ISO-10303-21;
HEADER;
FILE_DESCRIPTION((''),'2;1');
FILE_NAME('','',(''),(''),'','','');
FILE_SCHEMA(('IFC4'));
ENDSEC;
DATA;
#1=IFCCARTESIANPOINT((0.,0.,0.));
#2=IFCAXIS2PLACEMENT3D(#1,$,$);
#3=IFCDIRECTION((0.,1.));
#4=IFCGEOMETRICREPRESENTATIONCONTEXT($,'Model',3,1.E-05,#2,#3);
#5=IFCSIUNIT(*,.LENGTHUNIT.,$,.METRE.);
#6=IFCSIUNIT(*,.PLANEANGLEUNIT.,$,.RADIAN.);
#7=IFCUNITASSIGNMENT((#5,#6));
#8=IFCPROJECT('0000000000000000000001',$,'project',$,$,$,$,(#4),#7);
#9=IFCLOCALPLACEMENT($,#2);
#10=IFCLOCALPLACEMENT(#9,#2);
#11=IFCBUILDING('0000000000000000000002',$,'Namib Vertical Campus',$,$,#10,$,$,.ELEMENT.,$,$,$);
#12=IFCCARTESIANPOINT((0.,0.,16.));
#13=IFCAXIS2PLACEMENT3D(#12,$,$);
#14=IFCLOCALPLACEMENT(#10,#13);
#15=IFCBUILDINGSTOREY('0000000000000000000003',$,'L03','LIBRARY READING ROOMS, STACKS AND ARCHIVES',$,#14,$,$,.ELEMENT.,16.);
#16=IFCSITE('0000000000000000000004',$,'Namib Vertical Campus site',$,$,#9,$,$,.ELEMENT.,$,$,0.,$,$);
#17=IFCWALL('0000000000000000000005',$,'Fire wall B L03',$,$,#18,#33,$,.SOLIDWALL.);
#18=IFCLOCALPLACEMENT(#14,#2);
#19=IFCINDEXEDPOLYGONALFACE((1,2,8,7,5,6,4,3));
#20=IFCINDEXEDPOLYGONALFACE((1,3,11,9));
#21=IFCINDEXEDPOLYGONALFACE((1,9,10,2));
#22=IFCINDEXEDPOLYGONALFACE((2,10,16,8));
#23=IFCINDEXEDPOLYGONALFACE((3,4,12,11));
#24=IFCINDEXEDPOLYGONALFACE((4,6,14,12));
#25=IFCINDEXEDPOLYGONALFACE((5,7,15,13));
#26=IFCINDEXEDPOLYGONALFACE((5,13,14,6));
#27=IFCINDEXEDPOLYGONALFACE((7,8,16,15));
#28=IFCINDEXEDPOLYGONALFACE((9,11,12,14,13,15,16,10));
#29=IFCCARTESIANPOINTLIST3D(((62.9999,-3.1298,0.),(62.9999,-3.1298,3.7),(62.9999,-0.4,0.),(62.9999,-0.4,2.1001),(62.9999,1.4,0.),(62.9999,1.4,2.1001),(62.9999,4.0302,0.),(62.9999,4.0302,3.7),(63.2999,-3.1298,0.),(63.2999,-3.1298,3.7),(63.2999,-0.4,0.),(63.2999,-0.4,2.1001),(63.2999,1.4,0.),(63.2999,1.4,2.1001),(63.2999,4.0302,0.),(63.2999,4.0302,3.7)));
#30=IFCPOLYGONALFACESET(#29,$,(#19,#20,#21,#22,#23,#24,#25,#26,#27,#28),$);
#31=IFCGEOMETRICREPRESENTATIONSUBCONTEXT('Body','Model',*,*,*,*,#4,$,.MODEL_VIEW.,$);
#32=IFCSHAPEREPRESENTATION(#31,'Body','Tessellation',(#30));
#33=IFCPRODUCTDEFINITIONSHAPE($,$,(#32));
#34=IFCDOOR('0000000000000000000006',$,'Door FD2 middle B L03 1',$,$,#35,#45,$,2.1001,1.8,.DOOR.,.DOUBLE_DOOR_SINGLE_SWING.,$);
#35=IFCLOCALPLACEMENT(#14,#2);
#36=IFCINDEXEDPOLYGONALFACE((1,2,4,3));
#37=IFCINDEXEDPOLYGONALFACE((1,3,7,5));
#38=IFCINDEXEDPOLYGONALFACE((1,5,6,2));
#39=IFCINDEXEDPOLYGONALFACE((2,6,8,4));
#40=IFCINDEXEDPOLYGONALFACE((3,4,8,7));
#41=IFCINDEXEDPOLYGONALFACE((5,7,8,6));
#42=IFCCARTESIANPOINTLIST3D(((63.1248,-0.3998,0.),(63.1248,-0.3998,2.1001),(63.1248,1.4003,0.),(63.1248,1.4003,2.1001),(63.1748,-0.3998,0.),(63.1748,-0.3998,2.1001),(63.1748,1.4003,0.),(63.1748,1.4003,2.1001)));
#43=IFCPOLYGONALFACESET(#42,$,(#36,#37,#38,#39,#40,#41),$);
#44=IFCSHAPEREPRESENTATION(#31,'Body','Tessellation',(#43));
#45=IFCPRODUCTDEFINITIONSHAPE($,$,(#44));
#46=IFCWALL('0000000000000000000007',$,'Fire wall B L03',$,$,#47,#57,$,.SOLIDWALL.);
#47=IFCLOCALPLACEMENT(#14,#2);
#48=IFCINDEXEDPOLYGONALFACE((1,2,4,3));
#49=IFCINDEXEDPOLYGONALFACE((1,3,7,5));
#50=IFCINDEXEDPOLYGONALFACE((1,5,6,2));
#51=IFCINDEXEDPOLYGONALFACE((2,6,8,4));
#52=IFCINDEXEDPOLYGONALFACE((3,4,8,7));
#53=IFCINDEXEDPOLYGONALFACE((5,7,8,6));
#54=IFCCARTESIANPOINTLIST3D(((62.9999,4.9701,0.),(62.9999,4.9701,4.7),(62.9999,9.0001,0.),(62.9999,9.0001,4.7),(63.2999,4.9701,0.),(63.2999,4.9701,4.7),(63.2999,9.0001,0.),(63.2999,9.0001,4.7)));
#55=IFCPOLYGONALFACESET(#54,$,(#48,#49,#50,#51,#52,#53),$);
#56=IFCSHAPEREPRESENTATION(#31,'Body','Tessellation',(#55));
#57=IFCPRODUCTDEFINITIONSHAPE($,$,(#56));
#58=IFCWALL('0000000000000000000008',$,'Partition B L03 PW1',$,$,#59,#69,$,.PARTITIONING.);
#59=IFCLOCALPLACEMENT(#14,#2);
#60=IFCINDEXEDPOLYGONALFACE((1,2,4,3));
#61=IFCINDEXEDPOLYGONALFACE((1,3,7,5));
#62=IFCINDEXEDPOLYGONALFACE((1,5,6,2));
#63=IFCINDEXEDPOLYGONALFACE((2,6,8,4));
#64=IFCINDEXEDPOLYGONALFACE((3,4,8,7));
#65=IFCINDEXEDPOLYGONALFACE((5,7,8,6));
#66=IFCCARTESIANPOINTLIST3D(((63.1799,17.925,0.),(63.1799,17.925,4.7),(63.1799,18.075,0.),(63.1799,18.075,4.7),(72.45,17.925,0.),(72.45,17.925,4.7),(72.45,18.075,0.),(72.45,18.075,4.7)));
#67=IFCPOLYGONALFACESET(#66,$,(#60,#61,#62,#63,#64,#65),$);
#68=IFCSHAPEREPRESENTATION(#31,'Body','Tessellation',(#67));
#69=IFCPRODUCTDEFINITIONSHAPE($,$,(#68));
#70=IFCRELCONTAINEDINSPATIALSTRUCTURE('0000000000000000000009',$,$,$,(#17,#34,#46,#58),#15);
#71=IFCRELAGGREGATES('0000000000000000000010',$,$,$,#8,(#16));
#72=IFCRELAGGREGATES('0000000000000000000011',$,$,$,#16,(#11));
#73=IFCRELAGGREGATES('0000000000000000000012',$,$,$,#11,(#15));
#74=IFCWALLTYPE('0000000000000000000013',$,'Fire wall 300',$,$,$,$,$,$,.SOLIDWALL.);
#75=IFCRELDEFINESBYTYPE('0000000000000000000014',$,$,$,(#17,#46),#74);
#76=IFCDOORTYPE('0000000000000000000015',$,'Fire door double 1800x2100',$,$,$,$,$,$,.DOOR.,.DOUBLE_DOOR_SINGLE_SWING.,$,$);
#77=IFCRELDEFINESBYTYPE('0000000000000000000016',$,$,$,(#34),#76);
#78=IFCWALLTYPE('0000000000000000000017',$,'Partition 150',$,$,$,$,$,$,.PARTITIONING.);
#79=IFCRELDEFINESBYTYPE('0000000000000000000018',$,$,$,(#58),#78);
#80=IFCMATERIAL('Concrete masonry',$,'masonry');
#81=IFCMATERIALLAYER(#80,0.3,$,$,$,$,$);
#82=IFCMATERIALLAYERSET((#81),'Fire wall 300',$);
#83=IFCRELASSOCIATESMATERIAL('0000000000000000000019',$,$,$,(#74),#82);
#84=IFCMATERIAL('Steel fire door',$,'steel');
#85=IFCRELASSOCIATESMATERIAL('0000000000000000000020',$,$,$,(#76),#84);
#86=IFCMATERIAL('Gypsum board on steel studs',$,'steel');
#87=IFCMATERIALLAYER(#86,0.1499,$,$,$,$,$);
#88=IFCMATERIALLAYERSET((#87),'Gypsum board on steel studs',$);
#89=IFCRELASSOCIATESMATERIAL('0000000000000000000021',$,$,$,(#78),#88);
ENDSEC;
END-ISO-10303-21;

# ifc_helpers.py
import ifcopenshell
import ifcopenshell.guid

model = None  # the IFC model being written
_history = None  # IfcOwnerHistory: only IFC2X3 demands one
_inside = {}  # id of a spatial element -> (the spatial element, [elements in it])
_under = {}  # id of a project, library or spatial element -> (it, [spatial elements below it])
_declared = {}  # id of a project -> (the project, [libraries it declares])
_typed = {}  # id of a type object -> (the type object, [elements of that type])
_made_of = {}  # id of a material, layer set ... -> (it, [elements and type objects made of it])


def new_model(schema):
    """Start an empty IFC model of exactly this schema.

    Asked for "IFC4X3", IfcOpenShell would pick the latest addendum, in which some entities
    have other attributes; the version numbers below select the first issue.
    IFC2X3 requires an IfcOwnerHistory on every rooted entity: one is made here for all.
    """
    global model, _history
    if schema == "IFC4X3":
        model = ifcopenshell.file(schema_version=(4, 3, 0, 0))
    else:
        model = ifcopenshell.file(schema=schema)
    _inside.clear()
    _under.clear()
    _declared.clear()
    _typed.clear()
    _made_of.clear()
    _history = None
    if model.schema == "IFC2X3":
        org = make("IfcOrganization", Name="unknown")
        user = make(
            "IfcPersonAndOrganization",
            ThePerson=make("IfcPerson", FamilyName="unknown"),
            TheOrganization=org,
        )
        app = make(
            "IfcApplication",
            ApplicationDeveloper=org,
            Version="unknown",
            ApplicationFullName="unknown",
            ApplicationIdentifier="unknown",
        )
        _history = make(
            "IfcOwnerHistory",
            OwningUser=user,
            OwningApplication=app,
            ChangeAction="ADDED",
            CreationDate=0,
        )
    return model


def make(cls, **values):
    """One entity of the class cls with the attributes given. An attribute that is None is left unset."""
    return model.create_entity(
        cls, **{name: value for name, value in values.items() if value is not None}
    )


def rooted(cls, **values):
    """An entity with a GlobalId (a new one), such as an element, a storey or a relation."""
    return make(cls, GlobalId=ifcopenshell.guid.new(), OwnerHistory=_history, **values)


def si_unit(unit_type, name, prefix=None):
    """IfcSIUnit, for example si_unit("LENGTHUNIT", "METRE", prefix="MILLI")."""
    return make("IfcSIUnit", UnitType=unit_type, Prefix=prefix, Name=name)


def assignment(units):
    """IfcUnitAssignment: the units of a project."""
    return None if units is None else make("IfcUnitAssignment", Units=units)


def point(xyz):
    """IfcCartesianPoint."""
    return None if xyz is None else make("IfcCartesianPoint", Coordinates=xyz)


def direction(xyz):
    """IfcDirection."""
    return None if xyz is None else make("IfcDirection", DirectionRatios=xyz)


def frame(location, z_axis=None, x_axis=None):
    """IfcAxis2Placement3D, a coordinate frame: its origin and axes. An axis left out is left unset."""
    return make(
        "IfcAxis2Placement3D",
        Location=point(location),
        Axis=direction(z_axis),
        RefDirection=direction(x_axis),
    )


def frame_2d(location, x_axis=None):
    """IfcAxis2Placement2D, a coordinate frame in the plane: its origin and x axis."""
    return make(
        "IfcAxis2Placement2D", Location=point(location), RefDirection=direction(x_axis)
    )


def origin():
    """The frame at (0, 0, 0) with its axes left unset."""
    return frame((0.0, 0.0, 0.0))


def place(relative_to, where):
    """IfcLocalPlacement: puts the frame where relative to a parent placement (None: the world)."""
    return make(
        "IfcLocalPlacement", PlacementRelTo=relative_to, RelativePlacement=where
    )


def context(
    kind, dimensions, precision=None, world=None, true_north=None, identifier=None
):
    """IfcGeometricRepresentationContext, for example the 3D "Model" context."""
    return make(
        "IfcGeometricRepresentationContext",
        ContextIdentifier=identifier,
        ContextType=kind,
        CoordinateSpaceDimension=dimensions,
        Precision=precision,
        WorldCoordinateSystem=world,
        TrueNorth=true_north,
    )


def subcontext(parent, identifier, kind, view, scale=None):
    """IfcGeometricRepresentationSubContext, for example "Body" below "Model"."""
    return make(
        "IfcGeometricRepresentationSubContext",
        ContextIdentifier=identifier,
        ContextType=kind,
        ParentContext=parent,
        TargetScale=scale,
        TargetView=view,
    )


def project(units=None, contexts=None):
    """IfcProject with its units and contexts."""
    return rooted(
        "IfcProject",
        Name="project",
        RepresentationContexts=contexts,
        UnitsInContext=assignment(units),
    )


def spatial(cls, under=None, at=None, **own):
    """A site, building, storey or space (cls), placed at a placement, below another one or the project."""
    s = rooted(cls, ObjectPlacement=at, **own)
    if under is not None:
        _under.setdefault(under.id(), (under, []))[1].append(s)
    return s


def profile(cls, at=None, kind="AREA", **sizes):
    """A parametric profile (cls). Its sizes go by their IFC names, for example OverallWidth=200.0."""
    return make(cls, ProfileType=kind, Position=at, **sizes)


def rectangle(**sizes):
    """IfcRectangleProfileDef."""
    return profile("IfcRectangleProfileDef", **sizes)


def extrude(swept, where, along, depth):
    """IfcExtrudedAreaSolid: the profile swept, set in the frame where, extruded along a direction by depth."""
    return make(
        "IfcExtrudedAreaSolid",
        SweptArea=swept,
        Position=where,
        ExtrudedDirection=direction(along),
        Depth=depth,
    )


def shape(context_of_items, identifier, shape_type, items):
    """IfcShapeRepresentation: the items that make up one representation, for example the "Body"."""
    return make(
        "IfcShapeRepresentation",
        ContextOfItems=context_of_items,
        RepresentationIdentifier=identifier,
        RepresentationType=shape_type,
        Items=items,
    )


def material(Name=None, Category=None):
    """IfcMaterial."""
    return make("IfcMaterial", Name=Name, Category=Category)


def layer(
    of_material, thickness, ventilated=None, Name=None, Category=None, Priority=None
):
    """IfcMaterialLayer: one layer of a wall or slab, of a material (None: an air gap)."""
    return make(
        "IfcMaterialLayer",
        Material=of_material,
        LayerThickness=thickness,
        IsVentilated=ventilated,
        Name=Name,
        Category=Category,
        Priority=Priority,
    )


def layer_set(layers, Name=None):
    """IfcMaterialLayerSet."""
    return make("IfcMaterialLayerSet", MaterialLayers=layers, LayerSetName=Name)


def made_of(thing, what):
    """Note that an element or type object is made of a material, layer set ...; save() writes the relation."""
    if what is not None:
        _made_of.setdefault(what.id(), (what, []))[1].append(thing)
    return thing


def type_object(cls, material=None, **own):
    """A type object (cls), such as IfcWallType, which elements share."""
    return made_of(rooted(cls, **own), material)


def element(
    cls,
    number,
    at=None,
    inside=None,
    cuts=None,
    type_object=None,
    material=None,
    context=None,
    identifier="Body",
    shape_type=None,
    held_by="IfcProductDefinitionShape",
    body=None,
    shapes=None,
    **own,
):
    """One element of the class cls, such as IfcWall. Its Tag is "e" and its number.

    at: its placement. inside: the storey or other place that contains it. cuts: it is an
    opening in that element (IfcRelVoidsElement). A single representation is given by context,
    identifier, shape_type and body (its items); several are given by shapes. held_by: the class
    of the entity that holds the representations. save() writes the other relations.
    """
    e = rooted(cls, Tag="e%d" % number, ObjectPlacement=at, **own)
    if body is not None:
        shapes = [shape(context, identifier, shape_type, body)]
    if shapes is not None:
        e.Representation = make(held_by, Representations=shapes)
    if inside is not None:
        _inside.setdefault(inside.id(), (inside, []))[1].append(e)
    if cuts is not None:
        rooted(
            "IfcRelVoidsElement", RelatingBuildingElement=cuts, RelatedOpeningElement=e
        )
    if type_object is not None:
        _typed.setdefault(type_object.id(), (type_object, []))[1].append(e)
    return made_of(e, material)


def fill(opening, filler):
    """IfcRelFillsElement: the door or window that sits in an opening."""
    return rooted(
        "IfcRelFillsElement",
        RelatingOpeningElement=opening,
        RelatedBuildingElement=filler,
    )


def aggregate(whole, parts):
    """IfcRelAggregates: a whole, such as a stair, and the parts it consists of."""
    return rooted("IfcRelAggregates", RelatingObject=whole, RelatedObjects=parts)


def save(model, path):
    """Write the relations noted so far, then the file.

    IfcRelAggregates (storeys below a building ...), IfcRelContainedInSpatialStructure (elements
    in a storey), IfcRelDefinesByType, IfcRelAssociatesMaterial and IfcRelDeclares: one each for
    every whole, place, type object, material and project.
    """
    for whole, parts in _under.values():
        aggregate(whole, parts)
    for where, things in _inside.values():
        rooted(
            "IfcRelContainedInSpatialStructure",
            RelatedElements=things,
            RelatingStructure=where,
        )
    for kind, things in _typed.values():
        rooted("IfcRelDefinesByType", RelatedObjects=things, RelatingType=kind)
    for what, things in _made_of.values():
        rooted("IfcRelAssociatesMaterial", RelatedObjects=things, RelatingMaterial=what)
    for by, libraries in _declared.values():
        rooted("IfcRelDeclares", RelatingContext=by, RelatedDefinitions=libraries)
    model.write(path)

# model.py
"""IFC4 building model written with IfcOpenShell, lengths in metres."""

from ifc_helpers import new_model, si_unit, direction, frame, frame_2d, origin, place, context, subcontext, project, spatial, rectangle, extrude, material, layer, layer_set, type_object, element, fill, save


model = new_model("IFC4")

# Units and contexts
model_context = context("Model", 3, precision=1e-05, world=origin(), true_north=direction((0.0, 1.0)))
body_context = subcontext(model_context, "Body", "Model", "MODEL_VIEW")
ifc_project = project(units=[si_unit("LENGTHUNIT", "METRE"), si_unit("PLANEANGLEUNIT", "RADIAN")], contexts=[model_context])

# Site, building, storey
site_placement = place(None, origin())
site = spatial("IfcSite", under=ifc_project, at=site_placement, Name="Namib Vertical Campus site", CompositionType="ELEMENT", RefElevation=0.0)
building_placement = place(site_placement, origin())
building = spatial("IfcBuilding", under=site, at=building_placement, Name="Namib Vertical Campus", CompositionType="ELEMENT")
storey_placement = place(building_placement, frame((0.0, 0.0, 16.0)))
storey = spatial("IfcBuildingStorey", under=building, at=storey_placement, Name="L03", Description="LIBRARY READING ROOMS, STACKS AND ARCHIVES", CompositionType="ELEMENT", Elevation=16.0)

# Wall, opening, door
ifc_material_1 = material(Name="Concrete masonry", Category="masonry")
ifc_layer_1 = layer(ifc_material_1, 0.3)
ifc_layer_set_1 = layer_set([ifc_layer_1], Name="Fire wall 300")
wall_type_1 = type_object("IfcWallType", Name="Fire wall 300", PredefinedType="SOLIDWALL", material=ifc_layer_set_1)
wall_1_placement = place(storey_placement, frame((63.1499, -3.1299, 0.0), z_axis=(0.0, 0.0, 1.0), x_axis=(0.0, 1.0, 0.0)))
wall_1 = element("IfcWall", 1, at=wall_1_placement, inside=storey, type_object=wall_type_1, Name="Fire wall B L03", PredefinedType="SOLIDWALL", context=body_context, shape_type="SweptSolid", body=[
    extrude(rectangle(XDim=7.1599, YDim=0.3, at=frame_2d((3.5801, 0.0))), origin(), (0.0, 0.0, 1.0), 3.7),
])
opening_1_placement = place(wall_1_placement, frame((2.73, 0.0, 0.0)))
opening_1 = element("IfcOpeningElement", 2, at=opening_1_placement, cuts=wall_1, PredefinedType="OPENING", context=body_context, shape_type="SweptSolid", body=[
    extrude(rectangle(XDim=1.8, YDim=2.1001, at=frame_2d((0.8999, 1.05))), frame((0.0, 0.1599, 0.0), z_axis=(0.0, -1.0, 0.0), x_axis=(1.0, 0.0, 0.0)), (0.0, 0.0, 1.0), 0.3201),
])
ifc_material_2 = material(Name="Steel fire door", Category="steel")
door_type_1 = type_object("IfcDoorType", Name="Fire door double 1800x2100", OperationType="DOUBLE_DOOR_SINGLE_SWING", PredefinedType="DOOR", material=ifc_material_2)
door_1_placement = place(opening_1_placement, frame((1.8, 0.0, 0.0), z_axis=(0.0, 0.0, 1.0), x_axis=(-1.0, 0.0, 0.0)))
door_1 = element("IfcDoor", 3, at=door_1_placement, inside=storey, type_object=door_type_1, Name="Door FD2 middle B L03 1", OperationType="DOUBLE_DOOR_SINGLE_SWING", OverallHeight=2.1001, OverallWidth=1.8, PredefinedType="DOOR", context=body_context, shape_type="SweptSolid", body=[
    extrude(rectangle(XDim=1.8, YDim=2.1001, at=frame_2d((0.8999, 1.05))), frame((0.0, 0.0249, 0.0), z_axis=(0.0, -1.0, 0.0), x_axis=(1.0, 0.0, 0.0)), (0.0, 0.0, 1.0), 0.05),
])
fill(opening_1, door_1)

# Walls
wall_2_placement = place(storey_placement, frame((63.1499, 4.97, 0.0), z_axis=(0.0, 0.0, 1.0), x_axis=(0.0, 1.0, 0.0)))
element("IfcWall", 4, at=wall_2_placement, inside=storey, type_object=wall_type_1, Name="Fire wall B L03", PredefinedType="SOLIDWALL", context=body_context, shape_type="SweptSolid", body=[
    extrude(rectangle(XDim=4.03, YDim=0.3, at=frame_2d((2.0151, 0.0))), origin(), (0.0, 0.0, 1.0), 4.7),
])
ifc_material_3 = material(Name="Gypsum board on steel studs", Category="steel")
ifc_layer_2 = layer(ifc_material_3, 0.1499)
ifc_layer_set_2 = layer_set([ifc_layer_2], Name="Gypsum board on steel studs")
wall_type_2 = type_object("IfcWallType", Name="Partition 150", PredefinedType="PARTITIONING", material=ifc_layer_set_2)
wall_3_placement = place(storey_placement, frame((63.1799, 18.0, 0.0), z_axis=(0.0, 0.0, 1.0), x_axis=(1.0, 0.0, 0.0)))
element("IfcWall", 5, at=wall_3_placement, inside=storey, type_object=wall_type_2, Name="Partition B L03 PW1", PredefinedType="PARTITIONING", context=body_context, shape_type="SweptSolid", body=[
    extrude(rectangle(XDim=9.27, YDim=0.1499, at=frame_2d((4.635, 0.0))), origin(), (0.0, 0.0, 1.0), 4.7),
])

save(model, "model.ifc")
